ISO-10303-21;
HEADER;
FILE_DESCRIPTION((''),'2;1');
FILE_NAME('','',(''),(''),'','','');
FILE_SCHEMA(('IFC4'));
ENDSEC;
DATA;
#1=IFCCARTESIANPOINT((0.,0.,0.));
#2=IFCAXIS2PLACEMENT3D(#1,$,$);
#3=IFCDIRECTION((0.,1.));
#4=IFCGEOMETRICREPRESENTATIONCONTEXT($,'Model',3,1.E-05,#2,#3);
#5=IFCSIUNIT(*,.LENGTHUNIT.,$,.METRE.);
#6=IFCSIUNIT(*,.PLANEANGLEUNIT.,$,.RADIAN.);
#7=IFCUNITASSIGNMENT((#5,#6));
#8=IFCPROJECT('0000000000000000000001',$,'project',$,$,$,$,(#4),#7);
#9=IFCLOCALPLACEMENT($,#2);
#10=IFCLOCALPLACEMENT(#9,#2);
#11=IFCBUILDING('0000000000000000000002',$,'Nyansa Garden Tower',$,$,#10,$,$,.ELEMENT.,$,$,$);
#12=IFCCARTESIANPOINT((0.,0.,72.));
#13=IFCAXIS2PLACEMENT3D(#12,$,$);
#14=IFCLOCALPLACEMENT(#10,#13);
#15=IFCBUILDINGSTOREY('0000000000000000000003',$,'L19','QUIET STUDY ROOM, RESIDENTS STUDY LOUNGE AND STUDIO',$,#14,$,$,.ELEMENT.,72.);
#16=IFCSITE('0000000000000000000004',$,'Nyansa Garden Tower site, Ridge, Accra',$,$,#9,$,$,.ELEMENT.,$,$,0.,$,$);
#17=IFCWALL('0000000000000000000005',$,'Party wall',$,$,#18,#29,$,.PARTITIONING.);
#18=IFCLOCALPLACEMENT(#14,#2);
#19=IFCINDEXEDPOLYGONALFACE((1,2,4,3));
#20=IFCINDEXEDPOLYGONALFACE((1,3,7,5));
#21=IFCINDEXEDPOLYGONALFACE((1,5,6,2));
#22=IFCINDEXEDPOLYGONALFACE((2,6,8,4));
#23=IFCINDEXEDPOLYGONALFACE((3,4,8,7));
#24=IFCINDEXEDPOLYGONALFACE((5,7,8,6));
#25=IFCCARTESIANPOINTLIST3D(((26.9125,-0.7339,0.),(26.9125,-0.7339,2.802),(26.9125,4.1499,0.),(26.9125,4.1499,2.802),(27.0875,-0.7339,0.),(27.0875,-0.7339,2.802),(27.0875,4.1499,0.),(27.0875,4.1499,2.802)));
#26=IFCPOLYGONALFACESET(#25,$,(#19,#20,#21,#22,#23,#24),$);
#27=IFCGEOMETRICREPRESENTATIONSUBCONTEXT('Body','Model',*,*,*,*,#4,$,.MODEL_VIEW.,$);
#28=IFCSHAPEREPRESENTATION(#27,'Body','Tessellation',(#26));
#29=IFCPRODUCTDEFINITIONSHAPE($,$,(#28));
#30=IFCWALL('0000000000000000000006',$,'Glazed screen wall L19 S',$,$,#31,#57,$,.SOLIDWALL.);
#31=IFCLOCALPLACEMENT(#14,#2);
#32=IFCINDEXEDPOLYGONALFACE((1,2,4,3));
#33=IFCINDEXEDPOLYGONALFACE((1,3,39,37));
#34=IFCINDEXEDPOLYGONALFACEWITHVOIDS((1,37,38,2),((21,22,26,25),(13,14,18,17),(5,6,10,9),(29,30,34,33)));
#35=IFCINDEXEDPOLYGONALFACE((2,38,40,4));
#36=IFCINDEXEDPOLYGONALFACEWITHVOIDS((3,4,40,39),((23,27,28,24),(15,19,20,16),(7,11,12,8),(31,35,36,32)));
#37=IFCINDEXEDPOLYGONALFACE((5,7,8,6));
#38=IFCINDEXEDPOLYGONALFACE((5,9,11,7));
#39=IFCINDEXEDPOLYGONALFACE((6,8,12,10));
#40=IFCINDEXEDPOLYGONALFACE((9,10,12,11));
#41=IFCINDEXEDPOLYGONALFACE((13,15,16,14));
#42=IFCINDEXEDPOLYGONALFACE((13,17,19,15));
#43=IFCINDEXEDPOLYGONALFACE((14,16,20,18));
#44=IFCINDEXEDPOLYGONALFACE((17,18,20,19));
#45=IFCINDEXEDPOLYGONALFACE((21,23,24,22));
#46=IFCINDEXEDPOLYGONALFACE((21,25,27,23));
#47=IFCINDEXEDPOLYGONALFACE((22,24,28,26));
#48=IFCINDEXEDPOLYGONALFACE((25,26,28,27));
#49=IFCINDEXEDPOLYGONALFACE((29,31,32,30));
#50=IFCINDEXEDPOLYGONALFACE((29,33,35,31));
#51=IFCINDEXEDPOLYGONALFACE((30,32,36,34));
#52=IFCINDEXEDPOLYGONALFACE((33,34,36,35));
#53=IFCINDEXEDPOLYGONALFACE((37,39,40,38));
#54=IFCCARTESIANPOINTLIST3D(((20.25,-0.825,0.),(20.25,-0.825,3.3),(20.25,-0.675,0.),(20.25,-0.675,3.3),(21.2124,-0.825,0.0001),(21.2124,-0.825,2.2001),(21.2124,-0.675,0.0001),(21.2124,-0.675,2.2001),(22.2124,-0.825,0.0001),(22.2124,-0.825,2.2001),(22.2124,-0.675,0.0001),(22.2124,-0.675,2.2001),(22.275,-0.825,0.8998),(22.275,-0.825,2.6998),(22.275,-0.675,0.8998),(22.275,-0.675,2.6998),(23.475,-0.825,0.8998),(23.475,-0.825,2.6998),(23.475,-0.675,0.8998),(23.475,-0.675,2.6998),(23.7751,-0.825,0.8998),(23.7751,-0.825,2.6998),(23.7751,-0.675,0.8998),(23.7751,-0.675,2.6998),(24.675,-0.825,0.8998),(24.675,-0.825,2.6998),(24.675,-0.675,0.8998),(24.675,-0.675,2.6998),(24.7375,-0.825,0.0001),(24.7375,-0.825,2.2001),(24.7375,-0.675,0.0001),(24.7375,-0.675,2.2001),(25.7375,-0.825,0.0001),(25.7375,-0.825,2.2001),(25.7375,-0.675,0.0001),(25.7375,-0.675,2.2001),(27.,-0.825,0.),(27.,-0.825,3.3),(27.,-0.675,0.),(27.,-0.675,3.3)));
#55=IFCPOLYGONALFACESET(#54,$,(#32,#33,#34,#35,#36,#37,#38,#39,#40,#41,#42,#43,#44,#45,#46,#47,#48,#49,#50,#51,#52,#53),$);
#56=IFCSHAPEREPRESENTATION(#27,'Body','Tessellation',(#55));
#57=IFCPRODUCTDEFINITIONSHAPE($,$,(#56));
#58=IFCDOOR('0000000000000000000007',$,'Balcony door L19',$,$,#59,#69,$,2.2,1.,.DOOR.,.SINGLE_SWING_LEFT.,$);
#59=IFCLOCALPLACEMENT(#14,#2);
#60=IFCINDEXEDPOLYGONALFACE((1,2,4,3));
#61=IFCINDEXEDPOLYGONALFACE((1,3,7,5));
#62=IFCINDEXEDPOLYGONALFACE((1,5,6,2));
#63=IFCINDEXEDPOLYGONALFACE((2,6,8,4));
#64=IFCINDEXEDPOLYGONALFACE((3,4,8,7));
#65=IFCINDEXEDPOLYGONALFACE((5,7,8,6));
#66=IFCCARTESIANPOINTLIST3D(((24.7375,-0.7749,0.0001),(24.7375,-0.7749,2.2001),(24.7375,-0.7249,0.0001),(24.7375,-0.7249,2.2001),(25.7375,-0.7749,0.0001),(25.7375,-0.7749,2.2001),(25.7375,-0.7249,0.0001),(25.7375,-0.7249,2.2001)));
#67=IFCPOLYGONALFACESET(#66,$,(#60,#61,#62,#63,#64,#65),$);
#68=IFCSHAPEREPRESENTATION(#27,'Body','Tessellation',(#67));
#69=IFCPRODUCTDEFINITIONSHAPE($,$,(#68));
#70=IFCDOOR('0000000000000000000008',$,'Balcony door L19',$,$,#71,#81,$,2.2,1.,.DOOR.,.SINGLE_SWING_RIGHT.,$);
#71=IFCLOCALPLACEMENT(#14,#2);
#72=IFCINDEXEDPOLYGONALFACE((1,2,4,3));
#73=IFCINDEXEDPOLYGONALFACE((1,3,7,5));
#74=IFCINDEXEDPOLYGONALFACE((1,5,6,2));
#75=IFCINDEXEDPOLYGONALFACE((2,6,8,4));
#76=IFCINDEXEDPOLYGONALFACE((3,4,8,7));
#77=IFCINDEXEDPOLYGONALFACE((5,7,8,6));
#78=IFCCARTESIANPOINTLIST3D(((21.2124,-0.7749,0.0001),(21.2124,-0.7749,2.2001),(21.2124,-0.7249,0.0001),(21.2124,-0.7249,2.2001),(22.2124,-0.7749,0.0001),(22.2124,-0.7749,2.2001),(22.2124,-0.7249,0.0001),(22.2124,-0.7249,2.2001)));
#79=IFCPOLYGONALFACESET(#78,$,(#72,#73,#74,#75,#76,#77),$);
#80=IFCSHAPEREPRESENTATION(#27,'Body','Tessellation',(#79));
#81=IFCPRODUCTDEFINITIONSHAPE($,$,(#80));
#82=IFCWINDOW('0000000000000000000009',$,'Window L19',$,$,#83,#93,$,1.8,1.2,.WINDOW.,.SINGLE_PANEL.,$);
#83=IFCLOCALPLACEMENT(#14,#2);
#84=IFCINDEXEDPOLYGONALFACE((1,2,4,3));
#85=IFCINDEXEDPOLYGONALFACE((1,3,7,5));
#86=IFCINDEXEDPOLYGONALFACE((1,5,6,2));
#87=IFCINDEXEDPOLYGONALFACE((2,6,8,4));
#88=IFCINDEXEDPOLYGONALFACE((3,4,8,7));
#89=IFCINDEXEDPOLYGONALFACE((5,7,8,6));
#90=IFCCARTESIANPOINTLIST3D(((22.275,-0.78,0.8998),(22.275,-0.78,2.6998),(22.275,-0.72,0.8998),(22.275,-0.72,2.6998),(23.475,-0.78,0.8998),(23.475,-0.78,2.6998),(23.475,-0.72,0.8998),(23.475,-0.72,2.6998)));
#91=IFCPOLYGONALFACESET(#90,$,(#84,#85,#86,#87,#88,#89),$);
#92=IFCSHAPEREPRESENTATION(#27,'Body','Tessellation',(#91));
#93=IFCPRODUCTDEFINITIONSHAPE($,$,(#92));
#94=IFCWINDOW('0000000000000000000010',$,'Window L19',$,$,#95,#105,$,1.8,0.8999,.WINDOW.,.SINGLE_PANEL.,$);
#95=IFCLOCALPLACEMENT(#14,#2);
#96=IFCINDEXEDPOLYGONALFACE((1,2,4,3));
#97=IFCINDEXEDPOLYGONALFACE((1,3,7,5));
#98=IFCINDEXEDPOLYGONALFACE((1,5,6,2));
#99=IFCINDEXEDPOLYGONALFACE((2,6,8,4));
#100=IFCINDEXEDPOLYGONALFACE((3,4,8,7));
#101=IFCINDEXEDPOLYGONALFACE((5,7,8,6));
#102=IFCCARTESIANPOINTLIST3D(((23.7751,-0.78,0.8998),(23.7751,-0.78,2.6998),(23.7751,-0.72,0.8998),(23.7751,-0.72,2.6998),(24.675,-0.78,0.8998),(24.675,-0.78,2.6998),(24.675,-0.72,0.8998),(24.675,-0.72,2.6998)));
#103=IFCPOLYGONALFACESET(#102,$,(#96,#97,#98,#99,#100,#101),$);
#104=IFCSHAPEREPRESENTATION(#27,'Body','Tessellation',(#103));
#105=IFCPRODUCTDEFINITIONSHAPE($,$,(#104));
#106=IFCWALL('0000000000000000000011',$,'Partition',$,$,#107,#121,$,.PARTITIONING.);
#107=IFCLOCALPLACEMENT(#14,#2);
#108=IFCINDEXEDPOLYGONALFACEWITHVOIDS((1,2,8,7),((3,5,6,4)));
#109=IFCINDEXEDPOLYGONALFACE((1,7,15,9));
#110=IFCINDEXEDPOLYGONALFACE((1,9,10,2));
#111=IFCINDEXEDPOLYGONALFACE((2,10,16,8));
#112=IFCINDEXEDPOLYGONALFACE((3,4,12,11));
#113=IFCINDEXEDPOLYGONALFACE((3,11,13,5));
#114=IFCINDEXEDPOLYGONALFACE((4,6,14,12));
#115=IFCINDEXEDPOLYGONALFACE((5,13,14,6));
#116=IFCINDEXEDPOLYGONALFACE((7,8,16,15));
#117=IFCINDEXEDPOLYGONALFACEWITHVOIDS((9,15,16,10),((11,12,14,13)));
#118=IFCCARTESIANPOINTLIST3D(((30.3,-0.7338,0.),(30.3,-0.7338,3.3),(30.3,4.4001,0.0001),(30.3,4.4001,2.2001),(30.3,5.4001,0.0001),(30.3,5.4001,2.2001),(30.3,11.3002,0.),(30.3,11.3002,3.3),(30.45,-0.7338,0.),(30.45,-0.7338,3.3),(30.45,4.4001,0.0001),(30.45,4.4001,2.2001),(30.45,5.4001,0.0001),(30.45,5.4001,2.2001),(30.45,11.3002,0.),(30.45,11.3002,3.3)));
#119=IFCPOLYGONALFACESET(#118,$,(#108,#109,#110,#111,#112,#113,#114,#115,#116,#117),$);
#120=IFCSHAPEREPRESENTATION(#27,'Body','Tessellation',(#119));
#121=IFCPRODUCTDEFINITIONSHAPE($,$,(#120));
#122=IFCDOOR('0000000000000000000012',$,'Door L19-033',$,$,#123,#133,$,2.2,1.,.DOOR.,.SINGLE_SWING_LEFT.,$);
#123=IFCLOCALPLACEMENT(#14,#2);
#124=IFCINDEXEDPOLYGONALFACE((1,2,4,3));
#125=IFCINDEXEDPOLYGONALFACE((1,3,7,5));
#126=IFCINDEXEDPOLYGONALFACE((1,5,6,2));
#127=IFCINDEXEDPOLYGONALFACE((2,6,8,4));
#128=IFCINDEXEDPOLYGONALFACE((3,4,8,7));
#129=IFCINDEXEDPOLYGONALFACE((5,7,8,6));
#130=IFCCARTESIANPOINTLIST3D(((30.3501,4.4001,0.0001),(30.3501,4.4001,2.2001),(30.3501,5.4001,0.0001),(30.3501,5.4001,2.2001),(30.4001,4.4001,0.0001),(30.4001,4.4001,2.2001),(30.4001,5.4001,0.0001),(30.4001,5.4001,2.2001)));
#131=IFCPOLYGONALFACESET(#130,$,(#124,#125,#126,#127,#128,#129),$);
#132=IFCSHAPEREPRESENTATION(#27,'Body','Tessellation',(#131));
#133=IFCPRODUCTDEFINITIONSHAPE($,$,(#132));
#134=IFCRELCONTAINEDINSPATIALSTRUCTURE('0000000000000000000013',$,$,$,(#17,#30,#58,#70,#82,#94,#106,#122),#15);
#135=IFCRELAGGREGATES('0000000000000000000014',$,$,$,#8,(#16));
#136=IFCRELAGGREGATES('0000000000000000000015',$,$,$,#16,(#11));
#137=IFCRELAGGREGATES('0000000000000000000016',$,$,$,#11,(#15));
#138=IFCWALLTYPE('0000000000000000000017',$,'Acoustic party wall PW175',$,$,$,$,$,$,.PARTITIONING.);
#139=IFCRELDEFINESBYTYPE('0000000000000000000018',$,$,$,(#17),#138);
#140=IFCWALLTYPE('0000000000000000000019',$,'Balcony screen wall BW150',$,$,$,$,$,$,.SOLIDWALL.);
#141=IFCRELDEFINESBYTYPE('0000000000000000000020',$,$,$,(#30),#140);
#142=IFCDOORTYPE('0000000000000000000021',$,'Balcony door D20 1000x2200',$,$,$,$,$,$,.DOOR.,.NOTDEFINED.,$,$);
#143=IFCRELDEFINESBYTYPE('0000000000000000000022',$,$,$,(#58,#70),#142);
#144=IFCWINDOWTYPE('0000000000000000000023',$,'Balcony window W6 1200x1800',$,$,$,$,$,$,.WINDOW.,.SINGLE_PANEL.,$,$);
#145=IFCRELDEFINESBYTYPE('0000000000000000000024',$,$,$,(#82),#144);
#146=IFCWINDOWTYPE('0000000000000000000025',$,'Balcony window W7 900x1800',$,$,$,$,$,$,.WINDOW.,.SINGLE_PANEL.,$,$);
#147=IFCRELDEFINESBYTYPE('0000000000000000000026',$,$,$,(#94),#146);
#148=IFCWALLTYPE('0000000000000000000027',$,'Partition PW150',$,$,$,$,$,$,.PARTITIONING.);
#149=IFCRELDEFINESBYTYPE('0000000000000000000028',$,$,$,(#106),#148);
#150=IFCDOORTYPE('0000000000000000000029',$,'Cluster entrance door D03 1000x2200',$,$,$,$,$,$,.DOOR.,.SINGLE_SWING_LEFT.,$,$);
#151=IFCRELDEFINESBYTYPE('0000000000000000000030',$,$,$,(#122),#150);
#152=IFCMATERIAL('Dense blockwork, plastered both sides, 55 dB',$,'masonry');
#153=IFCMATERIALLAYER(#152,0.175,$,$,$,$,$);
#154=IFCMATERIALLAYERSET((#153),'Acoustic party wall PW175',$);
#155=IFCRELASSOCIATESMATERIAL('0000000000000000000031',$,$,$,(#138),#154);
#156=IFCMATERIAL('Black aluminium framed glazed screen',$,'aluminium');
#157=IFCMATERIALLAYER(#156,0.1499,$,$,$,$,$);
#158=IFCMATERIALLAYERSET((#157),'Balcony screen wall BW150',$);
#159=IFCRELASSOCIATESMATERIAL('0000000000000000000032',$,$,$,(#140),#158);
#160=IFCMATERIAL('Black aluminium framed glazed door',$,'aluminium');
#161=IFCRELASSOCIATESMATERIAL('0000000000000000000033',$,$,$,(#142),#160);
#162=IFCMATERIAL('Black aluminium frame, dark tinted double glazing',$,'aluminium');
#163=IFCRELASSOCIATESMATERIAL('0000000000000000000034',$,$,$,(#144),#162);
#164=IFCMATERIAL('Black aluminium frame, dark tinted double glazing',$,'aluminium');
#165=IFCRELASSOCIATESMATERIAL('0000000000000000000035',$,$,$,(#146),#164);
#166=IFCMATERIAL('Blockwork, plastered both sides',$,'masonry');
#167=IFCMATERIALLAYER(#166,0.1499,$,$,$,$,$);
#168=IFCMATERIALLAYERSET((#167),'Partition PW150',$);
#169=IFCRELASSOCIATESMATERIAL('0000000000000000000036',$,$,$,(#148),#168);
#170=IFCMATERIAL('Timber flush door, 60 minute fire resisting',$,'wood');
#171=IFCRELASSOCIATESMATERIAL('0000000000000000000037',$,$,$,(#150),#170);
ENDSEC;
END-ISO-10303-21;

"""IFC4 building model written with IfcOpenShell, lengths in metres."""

from ifc_helpers import new_model, si_unit, direction, frame, frame_2d, origin, place, context, subcontext, project, spatial, rectangle, extrude, material, layer, layer_set, type_object, element, fill, save


model = new_model("IFC4")

# Units and contexts
model_context = context("Model", 3, precision=1e-05, world=origin(), true_north=direction((0.0, 1.0)))
body_context = subcontext(model_context, "Body", "Model", "MODEL_VIEW")
ifc_project = project(units=[si_unit("LENGTHUNIT", "METRE"), si_unit("PLANEANGLEUNIT", "RADIAN")], contexts=[model_context])

# Site, building, storey
site_placement = place(None, origin())
site = spatial("IfcSite", under=ifc_project, at=site_placement, Name="Nyansa Garden Tower site, Ridge, Accra", CompositionType="ELEMENT", RefElevation=0.0)
building_placement = place(site_placement, origin())
building = spatial("IfcBuilding", under=site, at=building_placement, Name="Nyansa Garden Tower", CompositionType="ELEMENT")
storey_placement = place(building_placement, frame((0.0, 0.0, 72.0)))
storey = spatial("IfcBuildingStorey", under=building, at=storey_placement, Name="L19", Description="QUIET STUDY ROOM, RESIDENTS STUDY LOUNGE AND STUDIO", CompositionType="ELEMENT", Elevation=72.0)

# Wall
ifc_material_1 = material(Name="Dense blockwork, plastered both sides, 55 dB", Category="masonry")
ifc_layer_1 = layer(ifc_material_1, 0.175)
ifc_layer_set_1 = layer_set([ifc_layer_1], Name="Acoustic party wall PW175")
wall_type_1 = type_object("IfcWallType", Name="Acoustic party wall PW175", PredefinedType="PARTITIONING", material=ifc_layer_set_1)
wall_1_placement = place(storey_placement, frame((27.0, -0.7339, 0.0), z_axis=(0.0, 0.0, 1.0), x_axis=(0.0, 1.0, 0.0)))
element("IfcWall", 1, at=wall_1_placement, inside=storey, type_object=wall_type_1, Name="Party wall", PredefinedType="PARTITIONING", context=body_context, shape_type="SweptSolid", body=[
    extrude(rectangle(XDim=4.8838, YDim=0.175, at=frame_2d((2.4419, 0.0))), origin(), (0.0, 0.0, 1.0), 2.802),
])

# Wall, openings, doors, windows
ifc_material_2 = material(Name="Black aluminium framed glazed screen", Category="aluminium")
ifc_layer_2 = layer(ifc_material_2, 0.1499)
ifc_layer_set_2 = layer_set([ifc_layer_2], Name="Balcony screen wall BW150")
wall_type_2 = type_object("IfcWallType", Name="Balcony screen wall BW150", PredefinedType="SOLIDWALL", material=ifc_layer_set_2)
wall_2_placement = place(storey_placement, frame((27.0, -0.75, 0.0), z_axis=(0.0, 0.0, 1.0), x_axis=(-1.0, 0.0, 0.0)))
wall_2 = element("IfcWall", 2, at=wall_2_placement, inside=storey, type_object=wall_type_2, Name="Glazed screen wall L19 S", PredefinedType="SOLIDWALL", context=body_context, shape_type="SweptSolid", body=[
    extrude(rectangle(XDim=6.75, YDim=0.1499, at=frame_2d((3.375, 0.0))), origin(), (0.0, 0.0, 1.0), 3.3),
])
opening_1_placement = place(wall_2_placement, frame((1.2625, 0.0, 0.0)))
opening_1 = element("IfcOpeningElement", 3, at=opening_1_placement, cuts=wall_2, PredefinedType="OPENING", context=body_context, shape_type="SweptSolid", body=[
    extrude(rectangle(XDim=1.0, YDim=2.2, at=frame_2d((0.5, 1.1001))), frame((0.0, 0.085, 0.0), z_axis=(0.0, -1.0, 0.0), x_axis=(1.0, 0.0, 0.0)), (0.0, 0.0, 1.0), 0.1699),
])
opening_2_placement = place(wall_2_placement, frame((2.325, 0.0, 0.8999)))
opening_2 = element("IfcOpeningElement", 4, at=opening_2_placement, cuts=wall_2, PredefinedType="OPENING", context=body_context, shape_type="SweptSolid", body=[
    extrude(rectangle(XDim=0.8999, YDim=1.8, at=frame_2d((0.45, 0.8999))), frame((0.0, 0.085, 0.0), z_axis=(0.0, -1.0, 0.0), x_axis=(1.0, 0.0, 0.0)), (0.0, 0.0, 1.0), 0.1699),
])
opening_3_placement = place(wall_2_placement, frame((4.7876, 0.0, 0.0)))
opening_3 = element("IfcOpeningElement", 5, at=opening_3_placement, cuts=wall_2, PredefinedType="OPENING", context=body_context, shape_type="SweptSolid", body=[
    extrude(rectangle(XDim=1.0, YDim=2.2, at=frame_2d((0.5, 1.1001))), frame((0.0, 0.085, 0.0), z_axis=(0.0, -1.0, 0.0), x_axis=(1.0, 0.0, 0.0)), (0.0, 0.0, 1.0), 0.1699),
])
opening_4_placement = place(wall_2_placement, frame((3.5249, 0.0, 0.8999)))
opening_4 = element("IfcOpeningElement", 6, at=opening_4_placement, cuts=wall_2, PredefinedType="OPENING", context=body_context, shape_type="SweptSolid", body=[
    extrude(rectangle(XDim=1.2, YDim=1.8, at=frame_2d((0.6001, 0.8999))), frame((0.0, 0.085, 0.0), z_axis=(0.0, -1.0, 0.0), x_axis=(1.0, 0.0, 0.0)), (0.0, 0.0, 1.0), 0.1699),
])
ifc_material_3 = material(Name="Black aluminium framed glazed door", Category="aluminium")
door_type_1 = type_object("IfcDoorType", Name="Balcony door D20 1000x2200", OperationType="NOTDEFINED", PredefinedType="DOOR", material=ifc_material_3)
door_1_placement = place(opening_1_placement, origin())
door_1 = element("IfcDoor", 7, at=door_1_placement, inside=storey, type_object=door_type_1, Name="Balcony door L19", OperationType="SINGLE_SWING_LEFT", OverallHeight=2.2, OverallWidth=1.0, PredefinedType="DOOR", context=body_context, shape_type="SweptSolid", body=[
    extrude(rectangle(XDim=1.0, YDim=2.2, at=frame_2d((0.5, 1.1001))), frame((0.0, 0.0249, 0.0), z_axis=(0.0, -1.0, 0.0), x_axis=(1.0, 0.0, 0.0)), (0.0, 0.0, 1.0), 0.05),
])
fill(opening_1, door_1)
door_2_placement = place(opening_3_placement, origin())
door_2 = element("IfcDoor", 8, at=door_2_placement, inside=storey, type_object=door_type_1, Name="Balcony door L19", OperationType="SINGLE_SWING_RIGHT", OverallHeight=2.2, OverallWidth=1.0, PredefinedType="DOOR", context=body_context, shape_type="SweptSolid", body=[
    extrude(rectangle(XDim=1.0, YDim=2.2, at=frame_2d((0.5, 1.1001))), frame((0.0, 0.0249, 0.0), z_axis=(0.0, -1.0, 0.0), x_axis=(1.0, 0.0, 0.0)), (0.0, 0.0, 1.0), 0.05),
])
fill(opening_3, door_2)
ifc_material_4 = material(Name="Black aluminium frame, dark tinted double glazing", Category="aluminium")
window_type_1 = type_object("IfcWindowType", Name="Balcony window W6 1200x1800", PartitioningType="SINGLE_PANEL", PredefinedType="WINDOW", material=ifc_material_4)
window_1_placement = place(opening_4_placement, origin())
window_1 = element("IfcWindow", 9, at=window_1_placement, inside=storey, type_object=window_type_1, Name="Window L19", OverallHeight=1.8, OverallWidth=1.2, PartitioningType="SINGLE_PANEL", PredefinedType="WINDOW", context=body_context, shape_type="SweptSolid", body=[
    extrude(rectangle(XDim=1.2, YDim=1.8, at=frame_2d((0.6001, 0.8999))), frame((0.0, 0.03, 0.0), z_axis=(0.0, -1.0, 0.0), x_axis=(1.0, 0.0, 0.0)), (0.0, 0.0, 1.0), 0.0601),
])
fill(opening_4, window_1)
ifc_material_5 = material(Name="Black aluminium frame, dark tinted double glazing", Category="aluminium")
window_type_2 = type_object("IfcWindowType", Name="Balcony window W7 900x1800", PartitioningType="SINGLE_PANEL", PredefinedType="WINDOW", material=ifc_material_5)
window_2_placement = place(opening_2_placement, origin())
window_2 = element("IfcWindow", 10, at=window_2_placement, inside=storey, type_object=window_type_2, Name="Window L19", OverallHeight=1.8, OverallWidth=0.8999, PartitioningType="SINGLE_PANEL", PredefinedType="WINDOW", context=body_context, shape_type="SweptSolid", body=[
    extrude(rectangle(XDim=0.8999, YDim=1.8, at=frame_2d((0.45, 0.8999))), frame((0.0, 0.03, 0.0), z_axis=(0.0, -1.0, 0.0), x_axis=(1.0, 0.0, 0.0)), (0.0, 0.0, 1.0), 0.0601),
])
fill(opening_2, window_2)

# Wall, opening, door
ifc_material_6 = material(Name="Blockwork, plastered both sides", Category="masonry")
ifc_layer_3 = layer(ifc_material_6, 0.1499)
ifc_layer_set_3 = layer_set([ifc_layer_3], Name="Partition PW150")
wall_type_3 = type_object("IfcWallType", Name="Partition PW150", PredefinedType="PARTITIONING", material=ifc_layer_set_3)
wall_3_placement = place(storey_placement, frame((30.375, -0.7339, 0.0), z_axis=(0.0, 0.0, 1.0), x_axis=(0.0, 1.0, 0.0)))
wall_3 = element("IfcWall", 11, at=wall_3_placement, inside=storey, type_object=wall_type_3, Name="Partition", PredefinedType="PARTITIONING", context=body_context, shape_type="SweptSolid", body=[
    extrude(rectangle(XDim=12.0339, YDim=0.1499, at=frame_2d((6.0171, 0.0))), origin(), (0.0, 0.0, 1.0), 3.3),
])
opening_5_placement = place(wall_3_placement, frame((5.134, 0.0, 0.0)))
opening_5 = element("IfcOpeningElement", 12, at=opening_5_placement, cuts=wall_3, PredefinedType="OPENING", context=body_context, shape_type="SweptSolid", body=[
    extrude(rectangle(XDim=1.0, YDim=2.2, at=frame_2d((0.5, 1.1001))), frame((0.0, 0.085, 0.0), z_axis=(0.0, -1.0, 0.0), x_axis=(1.0, 0.0, 0.0)), (0.0, 0.0, 1.0), 0.1699),
])
ifc_material_7 = material(Name="Timber flush door, 60 minute fire resisting", Category="wood")
door_type_2 = type_object("IfcDoorType", Name="Cluster entrance door D03 1000x2200", OperationType="SINGLE_SWING_LEFT", PredefinedType="DOOR", material=ifc_material_7)
door_3_placement = place(opening_5_placement, origin())
door_3 = element("IfcDoor", 13, at=door_3_placement, inside=storey, type_object=door_type_2, Name="Door L19-033", OperationType="SINGLE_SWING_LEFT", OverallHeight=2.2, OverallWidth=1.0, PredefinedType="DOOR", context=body_context, shape_type="SweptSolid", body=[
    extrude(rectangle(XDim=1.0, YDim=2.2, at=frame_2d((0.5, 1.1001))), frame((0.0, 0.0249, 0.0), z_axis=(0.0, -1.0, 0.0), x_axis=(1.0, 0.0, 0.0)), (0.0, 0.0, 1.0), 0.05),
])
fill(opening_5, door_3)

save(model, "model.ifc")
